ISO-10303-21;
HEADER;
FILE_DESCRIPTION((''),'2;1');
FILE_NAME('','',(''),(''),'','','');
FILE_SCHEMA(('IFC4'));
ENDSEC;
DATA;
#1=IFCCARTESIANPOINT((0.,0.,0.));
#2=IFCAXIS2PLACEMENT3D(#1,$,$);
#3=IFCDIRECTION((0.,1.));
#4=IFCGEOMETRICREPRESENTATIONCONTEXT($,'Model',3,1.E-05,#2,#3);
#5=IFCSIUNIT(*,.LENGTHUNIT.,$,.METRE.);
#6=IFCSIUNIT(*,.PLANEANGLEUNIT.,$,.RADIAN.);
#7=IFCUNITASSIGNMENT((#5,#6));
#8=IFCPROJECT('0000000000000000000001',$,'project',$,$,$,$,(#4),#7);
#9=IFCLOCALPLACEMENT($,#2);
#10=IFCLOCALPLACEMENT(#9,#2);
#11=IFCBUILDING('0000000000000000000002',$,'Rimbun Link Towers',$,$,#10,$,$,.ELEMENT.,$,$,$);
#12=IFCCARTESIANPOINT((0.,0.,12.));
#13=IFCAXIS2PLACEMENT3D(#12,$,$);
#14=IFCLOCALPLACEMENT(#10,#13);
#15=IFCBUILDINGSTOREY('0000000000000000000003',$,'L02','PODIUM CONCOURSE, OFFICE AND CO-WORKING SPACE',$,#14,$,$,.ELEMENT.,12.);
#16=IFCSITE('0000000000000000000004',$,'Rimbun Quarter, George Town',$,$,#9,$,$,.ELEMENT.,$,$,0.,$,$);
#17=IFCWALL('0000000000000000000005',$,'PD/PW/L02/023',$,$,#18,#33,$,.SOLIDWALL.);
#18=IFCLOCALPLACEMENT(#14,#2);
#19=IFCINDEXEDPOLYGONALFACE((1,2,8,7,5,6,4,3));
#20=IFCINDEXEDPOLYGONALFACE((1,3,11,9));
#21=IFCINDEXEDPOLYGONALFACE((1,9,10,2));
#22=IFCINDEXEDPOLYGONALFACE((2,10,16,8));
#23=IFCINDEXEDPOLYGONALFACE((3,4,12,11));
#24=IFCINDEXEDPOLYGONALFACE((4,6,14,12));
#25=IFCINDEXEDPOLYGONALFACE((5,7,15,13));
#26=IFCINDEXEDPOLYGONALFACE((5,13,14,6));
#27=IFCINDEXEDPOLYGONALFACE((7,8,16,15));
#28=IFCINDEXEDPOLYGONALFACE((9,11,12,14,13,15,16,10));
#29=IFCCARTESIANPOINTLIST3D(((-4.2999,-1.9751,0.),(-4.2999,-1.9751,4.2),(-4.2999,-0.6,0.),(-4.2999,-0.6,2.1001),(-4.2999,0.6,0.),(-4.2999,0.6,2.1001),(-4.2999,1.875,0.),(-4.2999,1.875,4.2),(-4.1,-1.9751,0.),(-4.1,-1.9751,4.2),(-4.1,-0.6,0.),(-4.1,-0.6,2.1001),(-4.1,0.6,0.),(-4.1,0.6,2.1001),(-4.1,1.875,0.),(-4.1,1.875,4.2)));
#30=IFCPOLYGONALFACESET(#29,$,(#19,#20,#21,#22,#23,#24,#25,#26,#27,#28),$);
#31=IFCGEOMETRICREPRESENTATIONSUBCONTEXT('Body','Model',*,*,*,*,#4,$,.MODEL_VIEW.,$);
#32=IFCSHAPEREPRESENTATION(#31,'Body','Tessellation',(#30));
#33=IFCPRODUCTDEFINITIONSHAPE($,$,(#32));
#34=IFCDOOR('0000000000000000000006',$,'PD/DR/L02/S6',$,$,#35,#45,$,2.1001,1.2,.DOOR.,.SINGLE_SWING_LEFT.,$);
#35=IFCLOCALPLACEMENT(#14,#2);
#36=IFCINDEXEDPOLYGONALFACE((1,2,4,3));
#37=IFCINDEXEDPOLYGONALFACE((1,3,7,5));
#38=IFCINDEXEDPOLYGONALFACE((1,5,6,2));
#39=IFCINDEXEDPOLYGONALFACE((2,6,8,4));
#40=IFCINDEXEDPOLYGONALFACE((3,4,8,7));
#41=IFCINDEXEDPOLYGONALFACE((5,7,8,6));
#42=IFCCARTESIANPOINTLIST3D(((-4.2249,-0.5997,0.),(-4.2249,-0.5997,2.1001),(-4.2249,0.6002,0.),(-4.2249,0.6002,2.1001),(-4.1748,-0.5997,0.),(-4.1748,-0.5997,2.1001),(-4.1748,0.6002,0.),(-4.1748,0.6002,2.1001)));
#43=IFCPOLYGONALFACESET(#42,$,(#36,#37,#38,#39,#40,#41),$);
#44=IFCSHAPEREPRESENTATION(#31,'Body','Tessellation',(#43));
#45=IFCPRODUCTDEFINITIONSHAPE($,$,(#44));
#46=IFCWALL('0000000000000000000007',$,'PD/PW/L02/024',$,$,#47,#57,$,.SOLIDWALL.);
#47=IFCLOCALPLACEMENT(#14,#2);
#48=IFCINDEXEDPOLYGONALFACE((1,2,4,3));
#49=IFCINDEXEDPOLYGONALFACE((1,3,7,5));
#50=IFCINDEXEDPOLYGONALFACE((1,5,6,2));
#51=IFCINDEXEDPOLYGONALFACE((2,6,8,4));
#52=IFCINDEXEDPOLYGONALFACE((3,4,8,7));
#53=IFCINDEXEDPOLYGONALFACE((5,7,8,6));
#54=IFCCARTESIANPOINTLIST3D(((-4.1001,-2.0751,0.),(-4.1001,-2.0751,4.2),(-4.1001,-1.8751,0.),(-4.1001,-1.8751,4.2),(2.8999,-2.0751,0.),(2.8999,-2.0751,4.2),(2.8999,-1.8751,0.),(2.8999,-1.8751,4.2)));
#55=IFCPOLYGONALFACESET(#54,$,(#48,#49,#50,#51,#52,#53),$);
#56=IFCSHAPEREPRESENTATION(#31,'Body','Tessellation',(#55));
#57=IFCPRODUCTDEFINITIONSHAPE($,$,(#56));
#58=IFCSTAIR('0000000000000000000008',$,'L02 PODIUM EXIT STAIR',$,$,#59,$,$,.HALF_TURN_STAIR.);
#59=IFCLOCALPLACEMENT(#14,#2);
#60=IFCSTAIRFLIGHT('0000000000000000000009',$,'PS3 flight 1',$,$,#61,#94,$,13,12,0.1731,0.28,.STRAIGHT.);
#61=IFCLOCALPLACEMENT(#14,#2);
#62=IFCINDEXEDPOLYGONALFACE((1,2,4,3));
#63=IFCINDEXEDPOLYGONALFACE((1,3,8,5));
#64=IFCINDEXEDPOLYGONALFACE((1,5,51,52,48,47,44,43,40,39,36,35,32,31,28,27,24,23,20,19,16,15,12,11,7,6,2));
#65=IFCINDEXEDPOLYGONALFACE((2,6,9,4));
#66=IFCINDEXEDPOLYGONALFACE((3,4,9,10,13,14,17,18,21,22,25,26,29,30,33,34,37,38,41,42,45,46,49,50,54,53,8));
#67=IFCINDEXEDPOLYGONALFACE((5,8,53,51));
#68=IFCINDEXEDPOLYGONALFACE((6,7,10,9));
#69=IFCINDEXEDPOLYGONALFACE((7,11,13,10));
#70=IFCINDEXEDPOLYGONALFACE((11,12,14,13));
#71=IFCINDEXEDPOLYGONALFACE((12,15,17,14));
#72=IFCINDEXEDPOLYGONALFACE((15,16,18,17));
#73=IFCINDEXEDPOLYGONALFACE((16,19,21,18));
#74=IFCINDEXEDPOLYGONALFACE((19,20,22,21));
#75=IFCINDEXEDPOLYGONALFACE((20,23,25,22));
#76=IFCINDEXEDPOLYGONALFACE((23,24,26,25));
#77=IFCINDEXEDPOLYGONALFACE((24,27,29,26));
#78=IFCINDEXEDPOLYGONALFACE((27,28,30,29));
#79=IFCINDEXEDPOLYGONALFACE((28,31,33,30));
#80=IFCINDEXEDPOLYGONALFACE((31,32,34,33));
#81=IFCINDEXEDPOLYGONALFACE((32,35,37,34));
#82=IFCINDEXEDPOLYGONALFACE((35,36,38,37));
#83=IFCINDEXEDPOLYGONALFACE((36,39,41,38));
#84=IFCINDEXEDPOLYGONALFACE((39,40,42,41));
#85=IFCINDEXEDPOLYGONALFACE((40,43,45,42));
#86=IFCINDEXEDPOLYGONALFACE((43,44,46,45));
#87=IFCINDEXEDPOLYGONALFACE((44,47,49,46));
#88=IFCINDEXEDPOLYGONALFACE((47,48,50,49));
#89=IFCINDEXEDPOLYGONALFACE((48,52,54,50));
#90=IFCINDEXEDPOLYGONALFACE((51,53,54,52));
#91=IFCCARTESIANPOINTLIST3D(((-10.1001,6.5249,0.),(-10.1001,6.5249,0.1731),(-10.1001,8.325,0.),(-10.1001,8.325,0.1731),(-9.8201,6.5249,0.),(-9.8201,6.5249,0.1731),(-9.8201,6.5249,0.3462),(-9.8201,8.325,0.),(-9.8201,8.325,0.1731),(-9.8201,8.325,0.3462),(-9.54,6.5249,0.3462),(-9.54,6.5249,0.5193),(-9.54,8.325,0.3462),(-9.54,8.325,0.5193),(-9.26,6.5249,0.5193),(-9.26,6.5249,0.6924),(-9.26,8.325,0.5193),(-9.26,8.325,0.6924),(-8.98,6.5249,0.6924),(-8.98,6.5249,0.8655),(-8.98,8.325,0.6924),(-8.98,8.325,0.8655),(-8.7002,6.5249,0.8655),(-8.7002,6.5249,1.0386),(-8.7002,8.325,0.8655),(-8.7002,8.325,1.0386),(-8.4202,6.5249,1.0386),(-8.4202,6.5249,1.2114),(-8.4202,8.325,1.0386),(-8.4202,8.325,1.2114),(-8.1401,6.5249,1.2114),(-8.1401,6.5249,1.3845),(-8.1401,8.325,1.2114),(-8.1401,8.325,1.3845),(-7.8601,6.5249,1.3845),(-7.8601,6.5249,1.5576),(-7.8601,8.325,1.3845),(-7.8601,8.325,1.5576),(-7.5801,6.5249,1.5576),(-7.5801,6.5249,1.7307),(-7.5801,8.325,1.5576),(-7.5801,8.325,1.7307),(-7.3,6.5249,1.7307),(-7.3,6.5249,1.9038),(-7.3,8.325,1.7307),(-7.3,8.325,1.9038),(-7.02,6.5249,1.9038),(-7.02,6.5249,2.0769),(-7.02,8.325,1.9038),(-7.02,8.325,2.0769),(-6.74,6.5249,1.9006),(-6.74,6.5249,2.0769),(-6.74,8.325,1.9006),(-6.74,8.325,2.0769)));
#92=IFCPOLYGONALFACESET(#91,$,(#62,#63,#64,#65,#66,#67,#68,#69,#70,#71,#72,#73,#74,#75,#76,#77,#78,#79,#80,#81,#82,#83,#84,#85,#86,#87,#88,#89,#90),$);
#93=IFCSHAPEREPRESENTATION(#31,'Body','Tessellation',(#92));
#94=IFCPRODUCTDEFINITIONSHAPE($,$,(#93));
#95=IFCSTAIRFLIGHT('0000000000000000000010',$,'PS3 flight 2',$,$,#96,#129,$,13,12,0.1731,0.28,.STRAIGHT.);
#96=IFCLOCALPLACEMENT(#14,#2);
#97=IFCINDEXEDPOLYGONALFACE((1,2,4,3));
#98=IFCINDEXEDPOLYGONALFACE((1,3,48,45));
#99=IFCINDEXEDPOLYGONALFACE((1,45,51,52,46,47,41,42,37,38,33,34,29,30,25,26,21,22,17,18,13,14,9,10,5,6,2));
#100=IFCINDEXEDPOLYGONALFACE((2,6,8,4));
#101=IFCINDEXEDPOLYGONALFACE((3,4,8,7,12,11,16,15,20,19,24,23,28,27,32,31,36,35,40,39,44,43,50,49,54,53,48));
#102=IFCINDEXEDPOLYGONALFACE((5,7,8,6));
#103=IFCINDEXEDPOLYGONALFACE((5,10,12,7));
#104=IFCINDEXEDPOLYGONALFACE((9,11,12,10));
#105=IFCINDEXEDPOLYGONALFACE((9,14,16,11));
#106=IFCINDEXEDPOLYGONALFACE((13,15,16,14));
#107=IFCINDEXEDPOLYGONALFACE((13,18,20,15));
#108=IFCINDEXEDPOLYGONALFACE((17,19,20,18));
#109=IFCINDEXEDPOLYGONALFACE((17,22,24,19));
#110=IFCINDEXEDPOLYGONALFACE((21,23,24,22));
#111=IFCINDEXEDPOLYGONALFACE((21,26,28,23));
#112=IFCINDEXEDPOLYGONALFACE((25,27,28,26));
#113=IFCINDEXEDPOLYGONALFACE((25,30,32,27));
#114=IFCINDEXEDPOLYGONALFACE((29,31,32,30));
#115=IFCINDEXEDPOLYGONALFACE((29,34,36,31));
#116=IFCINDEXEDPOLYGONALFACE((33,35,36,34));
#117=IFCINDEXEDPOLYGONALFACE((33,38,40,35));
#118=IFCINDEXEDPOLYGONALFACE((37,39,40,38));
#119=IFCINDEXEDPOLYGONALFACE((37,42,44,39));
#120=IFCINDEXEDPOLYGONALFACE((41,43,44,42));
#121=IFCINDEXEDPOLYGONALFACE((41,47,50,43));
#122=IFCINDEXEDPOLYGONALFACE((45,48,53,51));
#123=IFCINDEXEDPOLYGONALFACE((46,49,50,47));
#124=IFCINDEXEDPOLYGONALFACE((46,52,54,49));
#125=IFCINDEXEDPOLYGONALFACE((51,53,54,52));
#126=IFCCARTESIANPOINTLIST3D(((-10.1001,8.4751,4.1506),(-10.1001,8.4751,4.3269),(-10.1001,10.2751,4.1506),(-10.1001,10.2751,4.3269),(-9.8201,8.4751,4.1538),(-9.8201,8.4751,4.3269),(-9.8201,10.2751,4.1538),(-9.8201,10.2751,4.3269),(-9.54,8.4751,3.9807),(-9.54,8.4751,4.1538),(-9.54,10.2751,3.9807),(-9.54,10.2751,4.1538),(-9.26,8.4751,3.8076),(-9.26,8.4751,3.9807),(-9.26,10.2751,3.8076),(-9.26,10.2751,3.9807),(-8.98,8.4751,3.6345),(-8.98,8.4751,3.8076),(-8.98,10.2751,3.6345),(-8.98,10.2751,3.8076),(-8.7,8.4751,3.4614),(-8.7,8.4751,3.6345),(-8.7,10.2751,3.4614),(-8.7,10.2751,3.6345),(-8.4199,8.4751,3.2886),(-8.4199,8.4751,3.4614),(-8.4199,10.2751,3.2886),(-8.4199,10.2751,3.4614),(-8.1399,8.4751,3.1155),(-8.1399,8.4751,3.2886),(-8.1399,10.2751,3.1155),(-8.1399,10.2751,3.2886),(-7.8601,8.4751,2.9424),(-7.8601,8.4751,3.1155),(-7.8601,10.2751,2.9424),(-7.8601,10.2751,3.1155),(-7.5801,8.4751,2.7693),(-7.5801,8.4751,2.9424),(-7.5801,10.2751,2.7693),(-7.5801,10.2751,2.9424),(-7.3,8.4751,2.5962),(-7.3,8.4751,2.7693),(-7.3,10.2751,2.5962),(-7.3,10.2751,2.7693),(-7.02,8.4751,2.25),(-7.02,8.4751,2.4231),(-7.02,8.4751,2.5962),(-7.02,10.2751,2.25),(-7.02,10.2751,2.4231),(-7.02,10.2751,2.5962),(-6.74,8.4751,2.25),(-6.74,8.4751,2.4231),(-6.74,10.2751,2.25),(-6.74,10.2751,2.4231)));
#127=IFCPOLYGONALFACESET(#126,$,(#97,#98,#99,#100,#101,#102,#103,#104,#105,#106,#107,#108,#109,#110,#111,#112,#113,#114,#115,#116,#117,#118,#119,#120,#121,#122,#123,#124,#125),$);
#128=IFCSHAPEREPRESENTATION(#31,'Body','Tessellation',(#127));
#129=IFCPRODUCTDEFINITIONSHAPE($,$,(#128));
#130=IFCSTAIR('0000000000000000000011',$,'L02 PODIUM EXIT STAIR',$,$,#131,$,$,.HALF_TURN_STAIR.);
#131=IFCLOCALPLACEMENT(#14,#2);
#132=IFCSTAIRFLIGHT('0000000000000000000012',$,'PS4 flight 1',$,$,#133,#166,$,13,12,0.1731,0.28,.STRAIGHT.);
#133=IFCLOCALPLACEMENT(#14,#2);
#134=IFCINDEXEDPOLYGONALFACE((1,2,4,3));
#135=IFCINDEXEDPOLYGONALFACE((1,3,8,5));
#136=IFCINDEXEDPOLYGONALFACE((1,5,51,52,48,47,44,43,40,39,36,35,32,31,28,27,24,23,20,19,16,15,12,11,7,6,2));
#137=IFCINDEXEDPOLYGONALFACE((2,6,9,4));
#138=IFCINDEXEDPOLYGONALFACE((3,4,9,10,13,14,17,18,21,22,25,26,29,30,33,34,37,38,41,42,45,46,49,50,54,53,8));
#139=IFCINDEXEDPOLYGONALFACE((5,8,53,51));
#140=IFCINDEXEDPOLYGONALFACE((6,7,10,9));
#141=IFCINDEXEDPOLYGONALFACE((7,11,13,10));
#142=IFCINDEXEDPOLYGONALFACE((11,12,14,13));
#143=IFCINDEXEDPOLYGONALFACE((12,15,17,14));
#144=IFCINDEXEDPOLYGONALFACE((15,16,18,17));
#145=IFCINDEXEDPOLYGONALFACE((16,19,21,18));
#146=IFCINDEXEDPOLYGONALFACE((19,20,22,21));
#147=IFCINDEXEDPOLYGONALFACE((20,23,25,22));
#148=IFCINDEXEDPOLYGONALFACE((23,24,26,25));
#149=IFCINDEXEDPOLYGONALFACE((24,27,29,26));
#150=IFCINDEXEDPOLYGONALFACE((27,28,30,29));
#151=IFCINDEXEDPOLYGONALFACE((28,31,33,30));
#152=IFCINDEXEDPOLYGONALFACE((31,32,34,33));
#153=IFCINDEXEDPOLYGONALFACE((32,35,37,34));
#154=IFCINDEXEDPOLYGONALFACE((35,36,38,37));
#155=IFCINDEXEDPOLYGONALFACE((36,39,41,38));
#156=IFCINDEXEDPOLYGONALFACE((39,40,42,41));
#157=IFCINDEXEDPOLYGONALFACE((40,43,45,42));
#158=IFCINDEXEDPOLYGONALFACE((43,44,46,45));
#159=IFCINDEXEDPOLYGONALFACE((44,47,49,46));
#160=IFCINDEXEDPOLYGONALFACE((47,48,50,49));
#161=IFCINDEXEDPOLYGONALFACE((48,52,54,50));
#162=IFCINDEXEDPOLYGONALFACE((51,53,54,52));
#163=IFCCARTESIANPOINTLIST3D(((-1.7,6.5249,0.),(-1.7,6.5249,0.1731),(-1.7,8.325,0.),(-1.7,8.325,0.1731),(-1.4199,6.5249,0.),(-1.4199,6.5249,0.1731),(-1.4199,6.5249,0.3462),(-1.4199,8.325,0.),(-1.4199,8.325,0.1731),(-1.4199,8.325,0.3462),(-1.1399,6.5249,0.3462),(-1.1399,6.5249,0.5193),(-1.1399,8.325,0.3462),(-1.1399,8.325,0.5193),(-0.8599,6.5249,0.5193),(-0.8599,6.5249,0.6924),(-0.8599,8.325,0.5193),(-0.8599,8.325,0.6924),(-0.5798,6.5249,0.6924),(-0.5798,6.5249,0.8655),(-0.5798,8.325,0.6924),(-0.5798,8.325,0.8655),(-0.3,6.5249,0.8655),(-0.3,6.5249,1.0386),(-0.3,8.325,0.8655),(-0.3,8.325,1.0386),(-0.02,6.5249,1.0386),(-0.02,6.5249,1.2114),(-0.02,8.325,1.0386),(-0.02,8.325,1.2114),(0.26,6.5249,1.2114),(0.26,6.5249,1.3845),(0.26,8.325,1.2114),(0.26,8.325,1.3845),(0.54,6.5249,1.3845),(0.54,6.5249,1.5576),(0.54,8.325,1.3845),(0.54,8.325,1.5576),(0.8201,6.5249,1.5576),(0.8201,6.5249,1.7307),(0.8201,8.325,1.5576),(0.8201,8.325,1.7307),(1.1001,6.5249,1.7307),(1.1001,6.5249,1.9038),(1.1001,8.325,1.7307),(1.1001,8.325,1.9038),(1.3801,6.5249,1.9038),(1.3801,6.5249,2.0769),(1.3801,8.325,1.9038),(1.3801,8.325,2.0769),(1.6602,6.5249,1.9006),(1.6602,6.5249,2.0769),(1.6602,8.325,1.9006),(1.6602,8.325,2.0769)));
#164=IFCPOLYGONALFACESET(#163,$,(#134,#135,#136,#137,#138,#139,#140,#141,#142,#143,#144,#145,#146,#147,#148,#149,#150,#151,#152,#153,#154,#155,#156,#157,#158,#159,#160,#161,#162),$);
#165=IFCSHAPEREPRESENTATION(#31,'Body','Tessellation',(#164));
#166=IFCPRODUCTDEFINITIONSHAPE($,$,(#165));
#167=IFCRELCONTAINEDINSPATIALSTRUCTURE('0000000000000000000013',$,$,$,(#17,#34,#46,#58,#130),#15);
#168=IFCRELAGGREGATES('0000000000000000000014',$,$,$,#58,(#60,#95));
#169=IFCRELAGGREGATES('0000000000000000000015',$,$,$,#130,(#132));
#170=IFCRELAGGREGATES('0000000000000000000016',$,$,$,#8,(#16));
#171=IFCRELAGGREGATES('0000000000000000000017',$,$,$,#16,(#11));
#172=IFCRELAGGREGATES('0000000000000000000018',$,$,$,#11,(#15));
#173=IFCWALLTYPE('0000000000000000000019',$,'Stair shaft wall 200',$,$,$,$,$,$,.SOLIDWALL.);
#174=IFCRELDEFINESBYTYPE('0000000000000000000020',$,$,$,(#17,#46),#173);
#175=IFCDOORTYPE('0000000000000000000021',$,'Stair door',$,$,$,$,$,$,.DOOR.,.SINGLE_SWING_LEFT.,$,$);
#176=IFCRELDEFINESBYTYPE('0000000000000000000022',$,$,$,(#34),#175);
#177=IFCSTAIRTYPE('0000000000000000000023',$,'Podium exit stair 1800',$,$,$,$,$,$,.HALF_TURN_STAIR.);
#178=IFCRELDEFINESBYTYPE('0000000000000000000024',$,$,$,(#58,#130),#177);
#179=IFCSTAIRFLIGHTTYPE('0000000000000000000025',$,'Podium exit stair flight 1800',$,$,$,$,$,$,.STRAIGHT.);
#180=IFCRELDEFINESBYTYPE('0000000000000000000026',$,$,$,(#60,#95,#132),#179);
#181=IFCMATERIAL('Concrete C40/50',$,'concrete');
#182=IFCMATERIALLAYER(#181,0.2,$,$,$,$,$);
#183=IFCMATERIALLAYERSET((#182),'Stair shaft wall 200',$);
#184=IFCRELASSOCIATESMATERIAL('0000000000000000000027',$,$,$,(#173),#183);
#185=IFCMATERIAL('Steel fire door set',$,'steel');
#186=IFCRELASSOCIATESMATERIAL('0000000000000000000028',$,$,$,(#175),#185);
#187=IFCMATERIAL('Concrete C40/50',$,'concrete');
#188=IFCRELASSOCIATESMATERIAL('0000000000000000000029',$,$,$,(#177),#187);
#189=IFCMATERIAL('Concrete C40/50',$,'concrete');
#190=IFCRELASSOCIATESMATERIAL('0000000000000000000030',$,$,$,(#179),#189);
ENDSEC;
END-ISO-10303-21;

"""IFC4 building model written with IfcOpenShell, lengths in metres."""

from ifc_helpers import new_model, si_unit, direction, frame, frame_2d, origin, place, context, subcontext, project, spatial, polyline, rectangle, outline, extrude, material, layer, layer_set, type_object, element, fill, aggregate, save


model = new_model("IFC4")

# Units and contexts
model_context = context("Model", 3, precision=1e-05, world=origin(), true_north=direction((0.0, 1.0)))
body_context = subcontext(model_context, "Body", "Model", "MODEL_VIEW")
ifc_project = project(units=[si_unit("LENGTHUNIT", "METRE"), si_unit("PLANEANGLEUNIT", "RADIAN")], contexts=[model_context])

# Site, building, storey
site_placement = place(None, origin())
site = spatial("IfcSite", under=ifc_project, at=site_placement, Name="Rimbun Quarter, George Town", CompositionType="ELEMENT", RefElevation=0.0)
building_placement = place(site_placement, origin())
building = spatial("IfcBuilding", under=site, at=building_placement, Name="Rimbun Link Towers", CompositionType="ELEMENT")
storey_placement = place(building_placement, frame((0.0, 0.0, 12.0)))
storey = spatial("IfcBuildingStorey", under=building, at=storey_placement, Name="L02", Description="PODIUM CONCOURSE, OFFICE AND CO-WORKING SPACE", CompositionType="ELEMENT", Elevation=12.0)

# Shared definitions
ifc_material_1 = material(Name="Concrete C40/50", Category="concrete")
ifc_layer = layer(ifc_material_1, 0.2)
ifc_layer_set = layer_set([ifc_layer], Name="Stair shaft wall 200")
wall_type = type_object("IfcWallType", Name="Stair shaft wall 200", PredefinedType="SOLIDWALL", material=ifc_layer_set)

# Shared definitions
ifc_material_2 = material(Name="Steel fire door set", Category="steel")
door_type = type_object("IfcDoorType", Name="Stair door", OperationType="SINGLE_SWING_LEFT", PredefinedType="DOOR", material=ifc_material_2)

# Wall, opening, door
wall_1_placement = place(storey_placement, frame((-4.2, 1.875, 0.0), z_axis=(0.0, 0.0, 1.0), x_axis=(0.0, -1.0, 0.0)))
wall_1 = element("IfcWall", 1, at=wall_1_placement, inside=storey, type_object=wall_type, Name="PD/PW/L02/023", PredefinedType="SOLIDWALL", context=body_context, shape_type="SweptSolid", body=[
    extrude(rectangle(XDim=3.8501, YDim=0.2, at=frame_2d((1.925, 0.0))), origin(), (0.0, 0.0, 1.0), 4.2),
])
opening_1_placement = place(wall_1_placement, frame((1.2749, 0.0, 0.0)))
opening_1 = element("IfcOpeningElement", 2, at=opening_1_placement, cuts=wall_1, PredefinedType="OPENING", context=body_context, shape_type="SweptSolid", body=[
    extrude(rectangle(XDim=1.2, YDim=2.1001, at=frame_2d((0.6001, 1.05))), frame((0.0, 0.1099, 0.0), z_axis=(0.0, -1.0, 0.0), x_axis=(1.0, 0.0, 0.0)), (0.0, 0.0, 1.0), 0.22),
])
door_1_placement = place(opening_1_placement, frame((1.2, 0.0, 0.0), z_axis=(0.0, 0.0, 1.0), x_axis=(-1.0, 0.0, 0.0)))
door_1 = element("IfcDoor", 3, at=door_1_placement, inside=storey, type_object=door_type, Name="PD/DR/L02/S6", OperationType="SINGLE_SWING_LEFT", OverallHeight=2.1001, OverallWidth=1.2, PredefinedType="DOOR", context=body_context, shape_type="SweptSolid", body=[
    extrude(rectangle(XDim=1.2, YDim=2.1001, at=frame_2d((0.6001, 1.05))), frame((0.0, 0.0249, 0.0), z_axis=(0.0, -1.0, 0.0), x_axis=(1.0, 0.0, 0.0)), (0.0, 0.0, 1.0), 0.05),
])
fill(opening_1, door_1)

# Wall
wall_2_placement = place(storey_placement, frame((-4.1001, -1.9751, 0.0), z_axis=(0.0, 0.0, 1.0), x_axis=(1.0, 0.0, 0.0)))
element("IfcWall", 4, at=wall_2_placement, inside=storey, type_object=wall_type, Name="PD/PW/L02/024", PredefinedType="SOLIDWALL", context=body_context, shape_type="SweptSolid", body=[
    extrude(rectangle(XDim=7.0, YDim=0.2, at=frame_2d((3.5, 0.0))), origin(), (0.0, 0.0, 1.0), 4.2),
])

# Stair, stair flights
ifc_material_3 = material(Name="Concrete C40/50", Category="concrete")
stair_type = type_object("IfcStairType", Name="Podium exit stair 1800", PredefinedType="HALF_TURN_STAIR", material=ifc_material_3)
stair_1_placement = place(storey_placement, origin())
stair_1 = element("IfcStair", 5, at=stair_1_placement, inside=storey, type_object=stair_type, Name="L02 PODIUM EXIT STAIR", PredefinedType="HALF_TURN_STAIR")
ifc_material_4 = material(Name="Concrete C40/50", Category="concrete")
stair_flight_type = type_object("IfcStairFlightType", Name="Podium exit stair flight 1800", PredefinedType="STRAIGHT", material=ifc_material_4)
stair_flight_1_placement = place(storey_placement, frame((-10.1001, 7.425, 0.0), z_axis=(0.0, 0.0, 1.0), x_axis=(1.0, 0.0, 0.0)))
stair_flight_1 = element("IfcStairFlight", 6, at=stair_flight_1_placement, type_object=stair_flight_type, Name="PS3 flight 1", NumberOfRisers=13, NumberOfTreads=12, PredefinedType="STRAIGHT", RiserHeight=0.1731, TreadLength=0.28, context=body_context, shape_type="SweptSolid", body=[
    extrude(outline(polyline([(0.0, 0.0), (0.0, 0.1731), (0.28, 0.1731), (0.28, 0.3462), (0.5601, 0.3462), (0.5601, 0.5193), (0.8401, 0.5193), (0.8401, 0.6924), (1.1201, 0.6924), (1.1201, 0.8655), (1.3999, 0.8655), (1.3999, 1.0386), (1.6799, 1.0386), (1.6799, 1.2114), (1.96, 1.2114), (1.96, 1.3845), (2.24, 1.3845), (2.24, 1.5576), (2.52, 1.5576), (2.52, 1.7307), (2.8, 1.7307), (2.8, 1.9038), (3.0801, 1.9038), (3.0801, 2.0769), (3.3601, 2.0769), (3.3601, 2.25), (3.3601, 1.9006), (0.28, 0.0), (0.0, 0.0)])), frame((0.0, 0.8999, 0.0), z_axis=(0.0, -1.0, 0.0), x_axis=(1.0, 0.0, 0.0)), (0.0, 0.0, 1.0), 1.8),
])
stair_flight_2_placement = place(storey_placement, frame((-6.74, 9.375, 2.25), z_axis=(0.0, 0.0, 1.0), x_axis=(-1.0, 0.0, 0.0)))
stair_flight_2 = element("IfcStairFlight", 7, at=stair_flight_2_placement, type_object=stair_flight_type, Name="PS3 flight 2", NumberOfRisers=13, NumberOfTreads=12, PredefinedType="STRAIGHT", RiserHeight=0.1731, TreadLength=0.28, context=body_context, shape_type="SweptSolid", body=[
    extrude(outline(polyline([(0.0, 0.0), (0.0, 0.1731), (0.28, 0.1731), (0.28, 0.3462), (0.5601, 0.3462), (0.5601, 0.5193), (0.8401, 0.5193), (0.8401, 0.6924), (1.1201, 0.6924), (1.1201, 0.8655), (1.3999, 0.8655), (1.3999, 1.0386), (1.6799, 1.0386), (1.6799, 1.2114), (1.96, 1.2114), (1.96, 1.3845), (2.24, 1.3845), (2.24, 1.5576), (2.52, 1.5576), (2.52, 1.7307), (2.8, 1.7307), (2.8, 1.9038), (3.0801, 1.9038), (3.0801, 2.0769), (3.3601, 2.0769), (3.3601, 2.25), (3.3601, 1.9006), (0.28, 0.0), (0.0, 0.0)])), frame((0.0, 0.8999, 0.0), z_axis=(0.0, -1.0, 0.0), x_axis=(1.0, 0.0, 0.0)), (0.0, 0.0, 1.0), 1.8),
])
aggregate(stair_1, [stair_flight_1, stair_flight_2])

# Stair, stair flight
stair_2_placement = place(storey_placement, origin())
stair_2 = element("IfcStair", 8, at=stair_2_placement, inside=storey, type_object=stair_type, Name="L02 PODIUM EXIT STAIR", PredefinedType="HALF_TURN_STAIR")
stair_flight_3_placement = place(storey_placement, frame((-1.7, 7.425, 0.0), z_axis=(0.0, 0.0, 1.0), x_axis=(1.0, 0.0, 0.0)))
stair_flight_3 = element("IfcStairFlight", 9, at=stair_flight_3_placement, type_object=stair_flight_type, Name="PS4 flight 1", NumberOfRisers=13, NumberOfTreads=12, PredefinedType="STRAIGHT", RiserHeight=0.1731, TreadLength=0.28, context=body_context, shape_type="SweptSolid", body=[
    extrude(outline(polyline([(0.0, 0.0), (0.0, 0.1731), (0.28, 0.1731), (0.28, 0.3462), (0.5601, 0.3462), (0.5601, 0.5193), (0.8401, 0.5193), (0.8401, 0.6924), (1.1201, 0.6924), (1.1201, 0.8655), (1.3999, 0.8655), (1.3999, 1.0386), (1.6799, 1.0386), (1.6799, 1.2114), (1.96, 1.2114), (1.96, 1.3845), (2.24, 1.3845), (2.24, 1.5576), (2.52, 1.5576), (2.52, 1.7307), (2.8, 1.7307), (2.8, 1.9038), (3.0801, 1.9038), (3.0801, 2.0769), (3.3601, 2.0769), (3.3601, 2.25), (3.3601, 1.9006), (0.28, 0.0), (0.0, 0.0)])), frame((0.0, 0.8999, 0.0), z_axis=(0.0, -1.0, 0.0), x_axis=(1.0, 0.0, 0.0)), (0.0, 0.0, 1.0), 1.8),
])
aggregate(stair_2, [stair_flight_3])

save(model, "model.ifc")
